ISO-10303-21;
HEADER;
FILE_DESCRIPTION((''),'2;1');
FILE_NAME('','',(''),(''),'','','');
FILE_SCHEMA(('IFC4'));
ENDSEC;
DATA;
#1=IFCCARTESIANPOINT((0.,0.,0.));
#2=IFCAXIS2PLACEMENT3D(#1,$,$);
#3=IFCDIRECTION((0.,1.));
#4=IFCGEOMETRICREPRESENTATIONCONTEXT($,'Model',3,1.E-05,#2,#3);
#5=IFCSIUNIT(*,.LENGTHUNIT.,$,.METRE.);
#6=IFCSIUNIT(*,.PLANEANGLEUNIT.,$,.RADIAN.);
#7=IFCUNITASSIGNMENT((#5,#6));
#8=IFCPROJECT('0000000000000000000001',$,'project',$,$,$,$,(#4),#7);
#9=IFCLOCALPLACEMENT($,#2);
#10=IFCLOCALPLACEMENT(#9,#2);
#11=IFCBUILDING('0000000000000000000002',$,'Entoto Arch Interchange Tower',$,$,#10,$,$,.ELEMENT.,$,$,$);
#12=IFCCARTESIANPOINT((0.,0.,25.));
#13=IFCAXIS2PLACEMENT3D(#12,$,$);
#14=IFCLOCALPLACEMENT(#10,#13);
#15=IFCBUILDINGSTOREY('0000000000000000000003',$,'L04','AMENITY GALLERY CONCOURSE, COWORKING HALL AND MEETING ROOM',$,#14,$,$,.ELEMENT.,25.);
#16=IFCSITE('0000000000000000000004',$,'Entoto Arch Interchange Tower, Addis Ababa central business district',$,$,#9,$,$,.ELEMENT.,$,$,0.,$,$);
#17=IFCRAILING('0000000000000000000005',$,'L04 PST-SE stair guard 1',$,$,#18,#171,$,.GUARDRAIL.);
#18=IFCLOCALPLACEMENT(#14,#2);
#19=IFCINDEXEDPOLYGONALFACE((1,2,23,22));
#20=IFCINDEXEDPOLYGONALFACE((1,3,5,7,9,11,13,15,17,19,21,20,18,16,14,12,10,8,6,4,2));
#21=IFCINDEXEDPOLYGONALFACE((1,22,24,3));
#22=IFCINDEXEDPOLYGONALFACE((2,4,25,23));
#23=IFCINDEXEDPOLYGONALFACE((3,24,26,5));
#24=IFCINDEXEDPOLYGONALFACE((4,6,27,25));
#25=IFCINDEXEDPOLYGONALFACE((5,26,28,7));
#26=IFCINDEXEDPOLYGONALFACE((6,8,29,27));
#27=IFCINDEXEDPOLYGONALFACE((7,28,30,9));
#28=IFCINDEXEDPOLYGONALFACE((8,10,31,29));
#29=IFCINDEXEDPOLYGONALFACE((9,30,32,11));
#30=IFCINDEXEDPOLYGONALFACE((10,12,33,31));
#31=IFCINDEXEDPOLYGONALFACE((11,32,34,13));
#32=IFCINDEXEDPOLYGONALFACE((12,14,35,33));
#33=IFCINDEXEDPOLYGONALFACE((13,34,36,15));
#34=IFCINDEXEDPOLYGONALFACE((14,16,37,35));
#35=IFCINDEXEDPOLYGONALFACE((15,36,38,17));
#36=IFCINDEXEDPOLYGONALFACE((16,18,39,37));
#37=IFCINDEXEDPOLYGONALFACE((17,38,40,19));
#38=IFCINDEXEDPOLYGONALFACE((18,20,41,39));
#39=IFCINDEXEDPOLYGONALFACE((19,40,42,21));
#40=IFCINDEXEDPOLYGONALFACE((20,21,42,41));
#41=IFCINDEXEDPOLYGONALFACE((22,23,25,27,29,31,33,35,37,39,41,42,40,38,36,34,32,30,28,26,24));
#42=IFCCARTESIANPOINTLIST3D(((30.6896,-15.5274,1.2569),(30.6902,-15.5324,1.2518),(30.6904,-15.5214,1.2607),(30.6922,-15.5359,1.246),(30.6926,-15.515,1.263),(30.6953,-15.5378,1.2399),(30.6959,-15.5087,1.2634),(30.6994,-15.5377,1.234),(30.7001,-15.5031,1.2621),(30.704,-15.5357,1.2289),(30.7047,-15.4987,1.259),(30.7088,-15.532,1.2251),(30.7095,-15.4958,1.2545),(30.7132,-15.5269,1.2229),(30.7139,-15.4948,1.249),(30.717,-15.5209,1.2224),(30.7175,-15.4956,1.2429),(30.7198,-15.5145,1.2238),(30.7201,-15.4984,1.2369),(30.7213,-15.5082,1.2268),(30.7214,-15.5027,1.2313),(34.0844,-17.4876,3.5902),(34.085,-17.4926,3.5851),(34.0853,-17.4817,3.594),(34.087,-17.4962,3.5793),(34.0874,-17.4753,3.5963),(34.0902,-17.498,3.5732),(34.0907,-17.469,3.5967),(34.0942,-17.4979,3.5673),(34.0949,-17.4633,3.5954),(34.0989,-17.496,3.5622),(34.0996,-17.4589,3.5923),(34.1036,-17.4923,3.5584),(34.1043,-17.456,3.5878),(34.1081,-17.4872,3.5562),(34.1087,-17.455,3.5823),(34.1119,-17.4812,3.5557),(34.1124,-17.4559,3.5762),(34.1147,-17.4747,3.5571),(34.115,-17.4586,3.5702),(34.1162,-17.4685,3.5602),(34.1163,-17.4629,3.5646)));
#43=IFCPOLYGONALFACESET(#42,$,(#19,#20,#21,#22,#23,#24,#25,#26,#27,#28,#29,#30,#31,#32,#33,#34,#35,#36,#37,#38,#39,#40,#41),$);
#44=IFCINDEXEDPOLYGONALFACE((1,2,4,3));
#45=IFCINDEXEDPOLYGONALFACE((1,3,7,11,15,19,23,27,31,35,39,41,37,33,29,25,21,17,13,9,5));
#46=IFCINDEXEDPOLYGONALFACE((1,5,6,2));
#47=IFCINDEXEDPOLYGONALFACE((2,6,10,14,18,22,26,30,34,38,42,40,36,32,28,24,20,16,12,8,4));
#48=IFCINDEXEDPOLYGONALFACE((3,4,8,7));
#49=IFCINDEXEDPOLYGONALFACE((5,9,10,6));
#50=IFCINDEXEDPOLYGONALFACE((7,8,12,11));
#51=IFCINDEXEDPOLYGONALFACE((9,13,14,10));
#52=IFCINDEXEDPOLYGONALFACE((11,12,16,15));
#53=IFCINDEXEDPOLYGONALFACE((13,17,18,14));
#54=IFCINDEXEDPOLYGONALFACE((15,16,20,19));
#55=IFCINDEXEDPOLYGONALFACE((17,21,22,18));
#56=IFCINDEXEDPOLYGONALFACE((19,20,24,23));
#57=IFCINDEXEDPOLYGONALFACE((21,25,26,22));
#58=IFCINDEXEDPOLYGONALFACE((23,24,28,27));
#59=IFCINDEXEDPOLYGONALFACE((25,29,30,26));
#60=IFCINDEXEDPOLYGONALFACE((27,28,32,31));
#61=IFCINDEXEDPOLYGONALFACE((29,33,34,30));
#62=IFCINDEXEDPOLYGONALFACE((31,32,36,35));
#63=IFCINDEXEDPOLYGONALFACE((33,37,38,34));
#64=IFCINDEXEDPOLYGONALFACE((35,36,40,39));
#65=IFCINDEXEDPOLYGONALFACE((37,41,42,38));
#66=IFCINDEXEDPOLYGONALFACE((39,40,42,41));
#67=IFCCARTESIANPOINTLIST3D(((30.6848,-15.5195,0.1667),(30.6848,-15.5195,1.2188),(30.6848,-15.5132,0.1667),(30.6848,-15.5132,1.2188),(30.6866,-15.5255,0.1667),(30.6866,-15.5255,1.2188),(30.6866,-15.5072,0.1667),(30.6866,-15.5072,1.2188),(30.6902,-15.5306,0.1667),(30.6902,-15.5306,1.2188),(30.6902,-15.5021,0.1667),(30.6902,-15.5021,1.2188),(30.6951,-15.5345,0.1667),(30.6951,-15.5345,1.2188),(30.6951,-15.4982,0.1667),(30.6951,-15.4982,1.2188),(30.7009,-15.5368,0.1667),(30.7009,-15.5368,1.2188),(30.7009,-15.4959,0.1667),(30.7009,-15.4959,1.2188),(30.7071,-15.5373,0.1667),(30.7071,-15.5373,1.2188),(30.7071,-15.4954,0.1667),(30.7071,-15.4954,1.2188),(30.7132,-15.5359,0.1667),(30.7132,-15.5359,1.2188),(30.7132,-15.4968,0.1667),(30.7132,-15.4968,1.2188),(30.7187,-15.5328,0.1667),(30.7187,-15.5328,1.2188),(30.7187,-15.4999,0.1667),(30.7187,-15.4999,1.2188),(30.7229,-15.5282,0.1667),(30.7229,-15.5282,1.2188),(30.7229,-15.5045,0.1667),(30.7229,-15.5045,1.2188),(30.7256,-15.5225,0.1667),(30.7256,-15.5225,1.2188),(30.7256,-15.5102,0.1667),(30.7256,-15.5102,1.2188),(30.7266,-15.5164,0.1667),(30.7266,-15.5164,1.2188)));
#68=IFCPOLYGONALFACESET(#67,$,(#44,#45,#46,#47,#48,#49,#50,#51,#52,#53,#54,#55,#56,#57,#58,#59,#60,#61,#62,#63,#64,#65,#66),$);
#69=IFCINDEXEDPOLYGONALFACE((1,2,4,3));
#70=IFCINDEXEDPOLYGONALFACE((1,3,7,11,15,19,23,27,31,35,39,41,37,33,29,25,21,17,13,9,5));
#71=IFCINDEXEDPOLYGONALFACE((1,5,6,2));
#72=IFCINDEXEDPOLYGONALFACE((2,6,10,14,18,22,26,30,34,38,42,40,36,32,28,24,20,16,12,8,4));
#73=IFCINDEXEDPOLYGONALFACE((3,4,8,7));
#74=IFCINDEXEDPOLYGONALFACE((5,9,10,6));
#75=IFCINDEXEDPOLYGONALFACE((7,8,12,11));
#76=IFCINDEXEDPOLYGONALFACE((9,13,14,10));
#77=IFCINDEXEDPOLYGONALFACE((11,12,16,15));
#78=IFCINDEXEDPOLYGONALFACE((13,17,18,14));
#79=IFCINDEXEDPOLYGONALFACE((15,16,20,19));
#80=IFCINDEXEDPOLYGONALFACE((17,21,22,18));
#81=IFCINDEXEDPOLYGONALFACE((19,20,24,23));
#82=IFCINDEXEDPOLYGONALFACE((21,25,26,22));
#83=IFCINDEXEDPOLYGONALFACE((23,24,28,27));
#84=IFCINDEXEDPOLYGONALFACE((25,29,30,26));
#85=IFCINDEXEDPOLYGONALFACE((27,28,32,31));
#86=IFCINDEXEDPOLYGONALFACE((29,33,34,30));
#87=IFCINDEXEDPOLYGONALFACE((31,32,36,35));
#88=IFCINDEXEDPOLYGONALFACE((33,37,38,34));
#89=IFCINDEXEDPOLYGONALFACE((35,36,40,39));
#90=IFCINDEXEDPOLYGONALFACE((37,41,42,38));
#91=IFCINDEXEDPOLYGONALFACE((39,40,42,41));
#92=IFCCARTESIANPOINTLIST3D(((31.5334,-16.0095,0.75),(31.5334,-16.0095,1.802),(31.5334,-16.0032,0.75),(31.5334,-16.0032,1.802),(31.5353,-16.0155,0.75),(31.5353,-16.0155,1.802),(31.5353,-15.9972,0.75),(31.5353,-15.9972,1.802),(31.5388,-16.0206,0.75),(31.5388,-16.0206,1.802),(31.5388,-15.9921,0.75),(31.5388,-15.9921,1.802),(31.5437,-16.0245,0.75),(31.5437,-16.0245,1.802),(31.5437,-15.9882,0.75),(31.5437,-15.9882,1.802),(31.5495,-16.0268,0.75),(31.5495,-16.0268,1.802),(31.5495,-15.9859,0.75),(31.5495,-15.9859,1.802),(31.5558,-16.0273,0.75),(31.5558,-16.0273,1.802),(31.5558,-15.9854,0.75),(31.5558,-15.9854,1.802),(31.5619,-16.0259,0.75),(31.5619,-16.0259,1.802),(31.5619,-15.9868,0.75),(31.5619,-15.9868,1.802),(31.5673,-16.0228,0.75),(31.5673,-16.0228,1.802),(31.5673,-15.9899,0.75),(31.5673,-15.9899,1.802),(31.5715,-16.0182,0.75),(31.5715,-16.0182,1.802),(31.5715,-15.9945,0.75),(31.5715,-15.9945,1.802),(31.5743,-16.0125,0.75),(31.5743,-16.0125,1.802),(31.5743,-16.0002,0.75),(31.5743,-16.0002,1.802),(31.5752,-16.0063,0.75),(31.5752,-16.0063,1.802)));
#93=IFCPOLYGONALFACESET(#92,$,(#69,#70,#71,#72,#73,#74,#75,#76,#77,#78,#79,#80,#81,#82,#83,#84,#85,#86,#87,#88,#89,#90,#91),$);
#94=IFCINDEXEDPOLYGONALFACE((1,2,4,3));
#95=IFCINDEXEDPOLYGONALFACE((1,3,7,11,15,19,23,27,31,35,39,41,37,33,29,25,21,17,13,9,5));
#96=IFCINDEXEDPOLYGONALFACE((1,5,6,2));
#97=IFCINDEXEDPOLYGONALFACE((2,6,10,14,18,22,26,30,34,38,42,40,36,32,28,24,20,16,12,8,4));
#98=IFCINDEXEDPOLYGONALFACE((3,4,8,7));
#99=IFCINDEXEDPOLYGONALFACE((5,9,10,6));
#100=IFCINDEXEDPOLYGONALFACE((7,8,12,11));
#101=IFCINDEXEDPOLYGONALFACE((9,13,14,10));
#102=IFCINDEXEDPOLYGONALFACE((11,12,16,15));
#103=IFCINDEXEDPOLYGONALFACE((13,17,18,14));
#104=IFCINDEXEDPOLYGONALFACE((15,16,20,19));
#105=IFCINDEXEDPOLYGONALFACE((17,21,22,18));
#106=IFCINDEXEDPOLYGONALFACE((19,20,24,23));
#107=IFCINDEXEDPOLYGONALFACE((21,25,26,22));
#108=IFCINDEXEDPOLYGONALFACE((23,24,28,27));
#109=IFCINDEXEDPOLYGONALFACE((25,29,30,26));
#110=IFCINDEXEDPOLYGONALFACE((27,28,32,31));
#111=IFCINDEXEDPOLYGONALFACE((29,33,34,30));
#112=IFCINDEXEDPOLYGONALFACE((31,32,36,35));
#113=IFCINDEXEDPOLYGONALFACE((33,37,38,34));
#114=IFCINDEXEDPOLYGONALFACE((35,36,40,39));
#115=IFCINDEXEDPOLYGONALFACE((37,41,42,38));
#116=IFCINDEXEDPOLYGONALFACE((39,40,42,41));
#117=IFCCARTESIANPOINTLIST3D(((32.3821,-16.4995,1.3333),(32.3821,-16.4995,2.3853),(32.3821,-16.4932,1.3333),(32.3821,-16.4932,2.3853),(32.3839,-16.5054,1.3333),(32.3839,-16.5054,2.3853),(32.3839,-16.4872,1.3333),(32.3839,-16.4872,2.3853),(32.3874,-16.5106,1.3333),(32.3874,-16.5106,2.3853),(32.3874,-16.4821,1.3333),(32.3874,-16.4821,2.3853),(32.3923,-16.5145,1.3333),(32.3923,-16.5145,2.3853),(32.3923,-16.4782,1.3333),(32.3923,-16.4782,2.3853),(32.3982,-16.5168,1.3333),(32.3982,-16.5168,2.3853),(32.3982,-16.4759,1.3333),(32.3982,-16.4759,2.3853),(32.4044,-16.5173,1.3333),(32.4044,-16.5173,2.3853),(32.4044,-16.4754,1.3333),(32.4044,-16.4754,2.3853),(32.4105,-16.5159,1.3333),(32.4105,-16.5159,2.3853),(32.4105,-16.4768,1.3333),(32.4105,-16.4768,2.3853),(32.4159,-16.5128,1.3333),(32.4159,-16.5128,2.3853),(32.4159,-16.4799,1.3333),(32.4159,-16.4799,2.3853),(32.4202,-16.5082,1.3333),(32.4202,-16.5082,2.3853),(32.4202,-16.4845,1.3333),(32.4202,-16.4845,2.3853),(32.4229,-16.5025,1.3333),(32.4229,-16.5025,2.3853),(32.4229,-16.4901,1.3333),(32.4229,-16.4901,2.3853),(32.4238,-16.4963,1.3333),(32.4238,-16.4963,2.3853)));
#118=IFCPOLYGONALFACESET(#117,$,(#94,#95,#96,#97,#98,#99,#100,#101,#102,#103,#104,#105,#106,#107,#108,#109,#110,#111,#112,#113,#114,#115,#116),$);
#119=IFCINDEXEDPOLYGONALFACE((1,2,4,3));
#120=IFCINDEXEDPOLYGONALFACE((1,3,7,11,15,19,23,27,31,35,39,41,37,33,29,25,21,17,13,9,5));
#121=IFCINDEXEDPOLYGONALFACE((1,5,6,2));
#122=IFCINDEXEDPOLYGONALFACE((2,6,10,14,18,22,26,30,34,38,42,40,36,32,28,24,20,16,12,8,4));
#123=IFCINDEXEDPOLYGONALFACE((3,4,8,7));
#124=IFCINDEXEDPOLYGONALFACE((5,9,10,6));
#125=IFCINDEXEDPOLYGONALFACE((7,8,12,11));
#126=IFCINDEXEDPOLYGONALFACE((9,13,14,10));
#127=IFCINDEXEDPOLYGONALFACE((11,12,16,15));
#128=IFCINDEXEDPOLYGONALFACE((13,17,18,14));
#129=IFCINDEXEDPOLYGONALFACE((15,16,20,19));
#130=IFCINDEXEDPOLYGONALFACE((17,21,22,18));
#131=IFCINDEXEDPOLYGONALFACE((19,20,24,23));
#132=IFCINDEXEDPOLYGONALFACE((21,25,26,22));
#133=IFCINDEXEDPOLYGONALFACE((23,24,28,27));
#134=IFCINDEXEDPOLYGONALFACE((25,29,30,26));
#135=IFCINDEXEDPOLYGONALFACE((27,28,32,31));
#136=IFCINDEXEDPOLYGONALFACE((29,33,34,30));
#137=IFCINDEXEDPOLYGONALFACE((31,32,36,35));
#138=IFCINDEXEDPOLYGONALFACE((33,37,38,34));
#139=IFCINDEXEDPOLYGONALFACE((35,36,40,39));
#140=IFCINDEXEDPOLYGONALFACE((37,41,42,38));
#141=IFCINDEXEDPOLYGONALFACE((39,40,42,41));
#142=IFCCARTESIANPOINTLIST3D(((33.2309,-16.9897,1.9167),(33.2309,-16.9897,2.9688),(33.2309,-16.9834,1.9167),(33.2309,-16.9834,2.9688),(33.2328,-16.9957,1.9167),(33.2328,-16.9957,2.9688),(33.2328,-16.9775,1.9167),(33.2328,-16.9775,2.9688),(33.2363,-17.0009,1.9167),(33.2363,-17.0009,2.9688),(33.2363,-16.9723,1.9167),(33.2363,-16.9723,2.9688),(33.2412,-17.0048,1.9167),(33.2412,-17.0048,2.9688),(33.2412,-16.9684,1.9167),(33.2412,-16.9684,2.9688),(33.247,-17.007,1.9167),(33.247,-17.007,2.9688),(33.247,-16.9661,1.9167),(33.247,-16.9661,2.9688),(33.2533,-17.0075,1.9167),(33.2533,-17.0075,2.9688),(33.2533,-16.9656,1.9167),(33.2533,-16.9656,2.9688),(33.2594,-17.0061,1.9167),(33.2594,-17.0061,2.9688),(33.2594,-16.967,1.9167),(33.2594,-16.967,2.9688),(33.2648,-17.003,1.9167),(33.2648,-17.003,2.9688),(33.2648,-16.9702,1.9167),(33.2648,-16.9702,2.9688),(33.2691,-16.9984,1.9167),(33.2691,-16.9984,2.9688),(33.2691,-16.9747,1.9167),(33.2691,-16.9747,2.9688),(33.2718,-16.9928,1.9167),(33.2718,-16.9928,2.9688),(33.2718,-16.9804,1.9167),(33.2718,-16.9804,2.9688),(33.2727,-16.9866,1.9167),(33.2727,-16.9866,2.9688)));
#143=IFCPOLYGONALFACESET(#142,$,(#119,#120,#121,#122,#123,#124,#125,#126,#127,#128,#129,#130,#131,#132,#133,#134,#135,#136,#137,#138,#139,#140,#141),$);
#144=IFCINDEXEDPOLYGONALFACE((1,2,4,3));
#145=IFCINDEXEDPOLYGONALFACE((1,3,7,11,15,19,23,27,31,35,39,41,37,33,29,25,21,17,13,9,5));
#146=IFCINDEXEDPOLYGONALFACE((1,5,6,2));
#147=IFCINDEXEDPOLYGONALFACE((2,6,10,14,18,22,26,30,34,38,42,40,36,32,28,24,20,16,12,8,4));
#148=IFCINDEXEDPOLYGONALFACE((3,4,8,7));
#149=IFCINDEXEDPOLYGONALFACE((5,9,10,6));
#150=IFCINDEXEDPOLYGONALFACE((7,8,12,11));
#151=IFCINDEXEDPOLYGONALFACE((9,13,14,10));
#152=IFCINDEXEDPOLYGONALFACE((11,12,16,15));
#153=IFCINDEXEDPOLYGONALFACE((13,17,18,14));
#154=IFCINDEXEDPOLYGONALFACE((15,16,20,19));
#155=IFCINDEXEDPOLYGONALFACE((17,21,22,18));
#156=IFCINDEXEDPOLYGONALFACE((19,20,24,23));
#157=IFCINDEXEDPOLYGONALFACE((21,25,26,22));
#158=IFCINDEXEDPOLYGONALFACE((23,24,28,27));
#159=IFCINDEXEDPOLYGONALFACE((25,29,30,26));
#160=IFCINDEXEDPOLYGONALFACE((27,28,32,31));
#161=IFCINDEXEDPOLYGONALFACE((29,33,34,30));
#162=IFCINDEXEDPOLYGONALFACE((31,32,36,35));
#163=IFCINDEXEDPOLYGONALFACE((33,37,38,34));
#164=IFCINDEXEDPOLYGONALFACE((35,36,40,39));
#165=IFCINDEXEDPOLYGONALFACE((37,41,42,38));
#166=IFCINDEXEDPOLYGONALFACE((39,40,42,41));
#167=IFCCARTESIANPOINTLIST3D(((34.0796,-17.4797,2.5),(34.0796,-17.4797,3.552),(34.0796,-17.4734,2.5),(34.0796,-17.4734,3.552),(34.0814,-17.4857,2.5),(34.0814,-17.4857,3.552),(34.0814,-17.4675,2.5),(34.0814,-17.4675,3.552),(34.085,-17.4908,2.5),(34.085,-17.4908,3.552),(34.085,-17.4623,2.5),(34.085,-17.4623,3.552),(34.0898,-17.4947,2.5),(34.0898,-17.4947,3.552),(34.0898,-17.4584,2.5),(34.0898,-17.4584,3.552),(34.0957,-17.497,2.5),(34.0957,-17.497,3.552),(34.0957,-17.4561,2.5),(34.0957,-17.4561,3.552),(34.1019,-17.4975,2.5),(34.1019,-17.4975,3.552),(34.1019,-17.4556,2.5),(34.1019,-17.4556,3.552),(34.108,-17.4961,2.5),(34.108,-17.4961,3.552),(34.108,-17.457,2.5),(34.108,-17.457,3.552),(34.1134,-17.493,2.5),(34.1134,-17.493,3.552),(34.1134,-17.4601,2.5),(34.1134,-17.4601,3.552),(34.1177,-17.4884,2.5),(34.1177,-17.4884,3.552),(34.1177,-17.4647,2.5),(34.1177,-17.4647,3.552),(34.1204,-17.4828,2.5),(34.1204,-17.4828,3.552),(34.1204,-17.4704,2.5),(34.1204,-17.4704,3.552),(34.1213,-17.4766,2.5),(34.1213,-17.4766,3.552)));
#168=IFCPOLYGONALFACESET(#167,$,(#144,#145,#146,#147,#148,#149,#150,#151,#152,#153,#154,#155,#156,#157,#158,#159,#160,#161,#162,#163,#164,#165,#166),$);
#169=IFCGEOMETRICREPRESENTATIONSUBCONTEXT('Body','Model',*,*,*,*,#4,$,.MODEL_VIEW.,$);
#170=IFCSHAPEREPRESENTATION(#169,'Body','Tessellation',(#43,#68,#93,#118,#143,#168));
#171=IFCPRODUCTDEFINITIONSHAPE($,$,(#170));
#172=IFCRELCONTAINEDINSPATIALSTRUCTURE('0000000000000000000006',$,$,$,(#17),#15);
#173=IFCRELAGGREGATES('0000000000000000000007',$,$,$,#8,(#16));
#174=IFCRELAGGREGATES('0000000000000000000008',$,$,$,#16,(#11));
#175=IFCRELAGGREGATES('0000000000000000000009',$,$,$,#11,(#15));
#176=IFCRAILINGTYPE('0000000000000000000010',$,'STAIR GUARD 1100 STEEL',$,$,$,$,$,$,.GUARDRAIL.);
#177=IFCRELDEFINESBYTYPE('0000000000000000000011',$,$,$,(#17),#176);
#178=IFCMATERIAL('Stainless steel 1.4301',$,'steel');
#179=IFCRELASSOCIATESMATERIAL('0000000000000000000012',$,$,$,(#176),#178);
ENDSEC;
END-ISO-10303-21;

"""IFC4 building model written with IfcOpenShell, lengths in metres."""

from ifc_helpers import new_model, si_unit, direction, frame, origin, origin_2d, place, context, subcontext, project, spatial, circle, extrude, material, type_object, element, save


model = new_model("IFC4")

# Units and contexts
model_context = context("Model", 3, precision=1e-05, world=origin(), true_north=direction((0.0, 1.0)))
body_context = subcontext(model_context, "Body", "Model", "MODEL_VIEW")
ifc_project = project(units=[si_unit("LENGTHUNIT", "METRE"), si_unit("PLANEANGLEUNIT", "RADIAN")], contexts=[model_context])

# Site, building, storey
site_placement = place(None, origin())
site = spatial("IfcSite", under=ifc_project, at=site_placement, Name="Entoto Arch Interchange Tower, Addis Ababa central business district", CompositionType="ELEMENT", RefElevation=0.0)
building_placement = place(site_placement, origin())
building = spatial("IfcBuilding", under=site, at=building_placement, Name="Entoto Arch Interchange Tower", CompositionType="ELEMENT")
storey_placement = place(building_placement, frame((0.0, 0.0, 25.0)))
storey = spatial("IfcBuildingStorey", under=building, at=storey_placement, Name="L04", Description="AMENITY GALLERY CONCOURSE, COWORKING HALL AND MEETING ROOM", CompositionType="ELEMENT", Elevation=25.0)

# Railing
ifc_material_1 = material(Name="Stainless steel 1.4301", Category="steel")
railing_type_1 = type_object("IfcRailingType", Name="STAIR GUARD 1100 STEEL", PredefinedType="GUARDRAIL", material=ifc_material_1)
railing_1_placement = place(storey_placement, frame((30.7056, -15.5164, 0.1667)))
element("IfcRailing", 1, at=railing_1_placement, inside=storey, type_object=railing_type_1, Name="L04 PST-SE stair guard 1", PredefinedType="GUARDRAIL", context=body_context, shape_type="SweptSolid", body=[
    extrude(circle(Radius=0.0239, at=origin_2d()), frame((0.0, 0.0, 1.0762), z_axis=(0.744158, -0.42969, 0.511464), x_axis=(0.500044, 0.866, 0.0)), (0.0, 0.0, 1.0), 4.562),
    extrude(circle(Radius=0.021, at=origin_2d()), origin(), (0.0, 0.0, 1.0), 1.052),
    extrude(circle(Radius=0.021, at=origin_2d()), frame((0.8486, -0.49, 0.5833)), (0.0, 0.0, 1.0), 1.052),
    extrude(circle(Radius=0.021, at=origin_2d()), frame((1.6973, -0.98, 1.1665)), (0.0, 0.0, 1.0), 1.052),
    extrude(circle(Radius=0.021, at=origin_2d()), frame((2.5461, -1.4702, 1.75)), (0.0, 0.0, 1.0), 1.052),
    extrude(circle(Radius=0.021, at=origin_2d()), frame((3.3948, -1.9602, 2.3333)), (0.0, 0.0, 1.0), 1.052),
])

save(model, "model.ifc")
